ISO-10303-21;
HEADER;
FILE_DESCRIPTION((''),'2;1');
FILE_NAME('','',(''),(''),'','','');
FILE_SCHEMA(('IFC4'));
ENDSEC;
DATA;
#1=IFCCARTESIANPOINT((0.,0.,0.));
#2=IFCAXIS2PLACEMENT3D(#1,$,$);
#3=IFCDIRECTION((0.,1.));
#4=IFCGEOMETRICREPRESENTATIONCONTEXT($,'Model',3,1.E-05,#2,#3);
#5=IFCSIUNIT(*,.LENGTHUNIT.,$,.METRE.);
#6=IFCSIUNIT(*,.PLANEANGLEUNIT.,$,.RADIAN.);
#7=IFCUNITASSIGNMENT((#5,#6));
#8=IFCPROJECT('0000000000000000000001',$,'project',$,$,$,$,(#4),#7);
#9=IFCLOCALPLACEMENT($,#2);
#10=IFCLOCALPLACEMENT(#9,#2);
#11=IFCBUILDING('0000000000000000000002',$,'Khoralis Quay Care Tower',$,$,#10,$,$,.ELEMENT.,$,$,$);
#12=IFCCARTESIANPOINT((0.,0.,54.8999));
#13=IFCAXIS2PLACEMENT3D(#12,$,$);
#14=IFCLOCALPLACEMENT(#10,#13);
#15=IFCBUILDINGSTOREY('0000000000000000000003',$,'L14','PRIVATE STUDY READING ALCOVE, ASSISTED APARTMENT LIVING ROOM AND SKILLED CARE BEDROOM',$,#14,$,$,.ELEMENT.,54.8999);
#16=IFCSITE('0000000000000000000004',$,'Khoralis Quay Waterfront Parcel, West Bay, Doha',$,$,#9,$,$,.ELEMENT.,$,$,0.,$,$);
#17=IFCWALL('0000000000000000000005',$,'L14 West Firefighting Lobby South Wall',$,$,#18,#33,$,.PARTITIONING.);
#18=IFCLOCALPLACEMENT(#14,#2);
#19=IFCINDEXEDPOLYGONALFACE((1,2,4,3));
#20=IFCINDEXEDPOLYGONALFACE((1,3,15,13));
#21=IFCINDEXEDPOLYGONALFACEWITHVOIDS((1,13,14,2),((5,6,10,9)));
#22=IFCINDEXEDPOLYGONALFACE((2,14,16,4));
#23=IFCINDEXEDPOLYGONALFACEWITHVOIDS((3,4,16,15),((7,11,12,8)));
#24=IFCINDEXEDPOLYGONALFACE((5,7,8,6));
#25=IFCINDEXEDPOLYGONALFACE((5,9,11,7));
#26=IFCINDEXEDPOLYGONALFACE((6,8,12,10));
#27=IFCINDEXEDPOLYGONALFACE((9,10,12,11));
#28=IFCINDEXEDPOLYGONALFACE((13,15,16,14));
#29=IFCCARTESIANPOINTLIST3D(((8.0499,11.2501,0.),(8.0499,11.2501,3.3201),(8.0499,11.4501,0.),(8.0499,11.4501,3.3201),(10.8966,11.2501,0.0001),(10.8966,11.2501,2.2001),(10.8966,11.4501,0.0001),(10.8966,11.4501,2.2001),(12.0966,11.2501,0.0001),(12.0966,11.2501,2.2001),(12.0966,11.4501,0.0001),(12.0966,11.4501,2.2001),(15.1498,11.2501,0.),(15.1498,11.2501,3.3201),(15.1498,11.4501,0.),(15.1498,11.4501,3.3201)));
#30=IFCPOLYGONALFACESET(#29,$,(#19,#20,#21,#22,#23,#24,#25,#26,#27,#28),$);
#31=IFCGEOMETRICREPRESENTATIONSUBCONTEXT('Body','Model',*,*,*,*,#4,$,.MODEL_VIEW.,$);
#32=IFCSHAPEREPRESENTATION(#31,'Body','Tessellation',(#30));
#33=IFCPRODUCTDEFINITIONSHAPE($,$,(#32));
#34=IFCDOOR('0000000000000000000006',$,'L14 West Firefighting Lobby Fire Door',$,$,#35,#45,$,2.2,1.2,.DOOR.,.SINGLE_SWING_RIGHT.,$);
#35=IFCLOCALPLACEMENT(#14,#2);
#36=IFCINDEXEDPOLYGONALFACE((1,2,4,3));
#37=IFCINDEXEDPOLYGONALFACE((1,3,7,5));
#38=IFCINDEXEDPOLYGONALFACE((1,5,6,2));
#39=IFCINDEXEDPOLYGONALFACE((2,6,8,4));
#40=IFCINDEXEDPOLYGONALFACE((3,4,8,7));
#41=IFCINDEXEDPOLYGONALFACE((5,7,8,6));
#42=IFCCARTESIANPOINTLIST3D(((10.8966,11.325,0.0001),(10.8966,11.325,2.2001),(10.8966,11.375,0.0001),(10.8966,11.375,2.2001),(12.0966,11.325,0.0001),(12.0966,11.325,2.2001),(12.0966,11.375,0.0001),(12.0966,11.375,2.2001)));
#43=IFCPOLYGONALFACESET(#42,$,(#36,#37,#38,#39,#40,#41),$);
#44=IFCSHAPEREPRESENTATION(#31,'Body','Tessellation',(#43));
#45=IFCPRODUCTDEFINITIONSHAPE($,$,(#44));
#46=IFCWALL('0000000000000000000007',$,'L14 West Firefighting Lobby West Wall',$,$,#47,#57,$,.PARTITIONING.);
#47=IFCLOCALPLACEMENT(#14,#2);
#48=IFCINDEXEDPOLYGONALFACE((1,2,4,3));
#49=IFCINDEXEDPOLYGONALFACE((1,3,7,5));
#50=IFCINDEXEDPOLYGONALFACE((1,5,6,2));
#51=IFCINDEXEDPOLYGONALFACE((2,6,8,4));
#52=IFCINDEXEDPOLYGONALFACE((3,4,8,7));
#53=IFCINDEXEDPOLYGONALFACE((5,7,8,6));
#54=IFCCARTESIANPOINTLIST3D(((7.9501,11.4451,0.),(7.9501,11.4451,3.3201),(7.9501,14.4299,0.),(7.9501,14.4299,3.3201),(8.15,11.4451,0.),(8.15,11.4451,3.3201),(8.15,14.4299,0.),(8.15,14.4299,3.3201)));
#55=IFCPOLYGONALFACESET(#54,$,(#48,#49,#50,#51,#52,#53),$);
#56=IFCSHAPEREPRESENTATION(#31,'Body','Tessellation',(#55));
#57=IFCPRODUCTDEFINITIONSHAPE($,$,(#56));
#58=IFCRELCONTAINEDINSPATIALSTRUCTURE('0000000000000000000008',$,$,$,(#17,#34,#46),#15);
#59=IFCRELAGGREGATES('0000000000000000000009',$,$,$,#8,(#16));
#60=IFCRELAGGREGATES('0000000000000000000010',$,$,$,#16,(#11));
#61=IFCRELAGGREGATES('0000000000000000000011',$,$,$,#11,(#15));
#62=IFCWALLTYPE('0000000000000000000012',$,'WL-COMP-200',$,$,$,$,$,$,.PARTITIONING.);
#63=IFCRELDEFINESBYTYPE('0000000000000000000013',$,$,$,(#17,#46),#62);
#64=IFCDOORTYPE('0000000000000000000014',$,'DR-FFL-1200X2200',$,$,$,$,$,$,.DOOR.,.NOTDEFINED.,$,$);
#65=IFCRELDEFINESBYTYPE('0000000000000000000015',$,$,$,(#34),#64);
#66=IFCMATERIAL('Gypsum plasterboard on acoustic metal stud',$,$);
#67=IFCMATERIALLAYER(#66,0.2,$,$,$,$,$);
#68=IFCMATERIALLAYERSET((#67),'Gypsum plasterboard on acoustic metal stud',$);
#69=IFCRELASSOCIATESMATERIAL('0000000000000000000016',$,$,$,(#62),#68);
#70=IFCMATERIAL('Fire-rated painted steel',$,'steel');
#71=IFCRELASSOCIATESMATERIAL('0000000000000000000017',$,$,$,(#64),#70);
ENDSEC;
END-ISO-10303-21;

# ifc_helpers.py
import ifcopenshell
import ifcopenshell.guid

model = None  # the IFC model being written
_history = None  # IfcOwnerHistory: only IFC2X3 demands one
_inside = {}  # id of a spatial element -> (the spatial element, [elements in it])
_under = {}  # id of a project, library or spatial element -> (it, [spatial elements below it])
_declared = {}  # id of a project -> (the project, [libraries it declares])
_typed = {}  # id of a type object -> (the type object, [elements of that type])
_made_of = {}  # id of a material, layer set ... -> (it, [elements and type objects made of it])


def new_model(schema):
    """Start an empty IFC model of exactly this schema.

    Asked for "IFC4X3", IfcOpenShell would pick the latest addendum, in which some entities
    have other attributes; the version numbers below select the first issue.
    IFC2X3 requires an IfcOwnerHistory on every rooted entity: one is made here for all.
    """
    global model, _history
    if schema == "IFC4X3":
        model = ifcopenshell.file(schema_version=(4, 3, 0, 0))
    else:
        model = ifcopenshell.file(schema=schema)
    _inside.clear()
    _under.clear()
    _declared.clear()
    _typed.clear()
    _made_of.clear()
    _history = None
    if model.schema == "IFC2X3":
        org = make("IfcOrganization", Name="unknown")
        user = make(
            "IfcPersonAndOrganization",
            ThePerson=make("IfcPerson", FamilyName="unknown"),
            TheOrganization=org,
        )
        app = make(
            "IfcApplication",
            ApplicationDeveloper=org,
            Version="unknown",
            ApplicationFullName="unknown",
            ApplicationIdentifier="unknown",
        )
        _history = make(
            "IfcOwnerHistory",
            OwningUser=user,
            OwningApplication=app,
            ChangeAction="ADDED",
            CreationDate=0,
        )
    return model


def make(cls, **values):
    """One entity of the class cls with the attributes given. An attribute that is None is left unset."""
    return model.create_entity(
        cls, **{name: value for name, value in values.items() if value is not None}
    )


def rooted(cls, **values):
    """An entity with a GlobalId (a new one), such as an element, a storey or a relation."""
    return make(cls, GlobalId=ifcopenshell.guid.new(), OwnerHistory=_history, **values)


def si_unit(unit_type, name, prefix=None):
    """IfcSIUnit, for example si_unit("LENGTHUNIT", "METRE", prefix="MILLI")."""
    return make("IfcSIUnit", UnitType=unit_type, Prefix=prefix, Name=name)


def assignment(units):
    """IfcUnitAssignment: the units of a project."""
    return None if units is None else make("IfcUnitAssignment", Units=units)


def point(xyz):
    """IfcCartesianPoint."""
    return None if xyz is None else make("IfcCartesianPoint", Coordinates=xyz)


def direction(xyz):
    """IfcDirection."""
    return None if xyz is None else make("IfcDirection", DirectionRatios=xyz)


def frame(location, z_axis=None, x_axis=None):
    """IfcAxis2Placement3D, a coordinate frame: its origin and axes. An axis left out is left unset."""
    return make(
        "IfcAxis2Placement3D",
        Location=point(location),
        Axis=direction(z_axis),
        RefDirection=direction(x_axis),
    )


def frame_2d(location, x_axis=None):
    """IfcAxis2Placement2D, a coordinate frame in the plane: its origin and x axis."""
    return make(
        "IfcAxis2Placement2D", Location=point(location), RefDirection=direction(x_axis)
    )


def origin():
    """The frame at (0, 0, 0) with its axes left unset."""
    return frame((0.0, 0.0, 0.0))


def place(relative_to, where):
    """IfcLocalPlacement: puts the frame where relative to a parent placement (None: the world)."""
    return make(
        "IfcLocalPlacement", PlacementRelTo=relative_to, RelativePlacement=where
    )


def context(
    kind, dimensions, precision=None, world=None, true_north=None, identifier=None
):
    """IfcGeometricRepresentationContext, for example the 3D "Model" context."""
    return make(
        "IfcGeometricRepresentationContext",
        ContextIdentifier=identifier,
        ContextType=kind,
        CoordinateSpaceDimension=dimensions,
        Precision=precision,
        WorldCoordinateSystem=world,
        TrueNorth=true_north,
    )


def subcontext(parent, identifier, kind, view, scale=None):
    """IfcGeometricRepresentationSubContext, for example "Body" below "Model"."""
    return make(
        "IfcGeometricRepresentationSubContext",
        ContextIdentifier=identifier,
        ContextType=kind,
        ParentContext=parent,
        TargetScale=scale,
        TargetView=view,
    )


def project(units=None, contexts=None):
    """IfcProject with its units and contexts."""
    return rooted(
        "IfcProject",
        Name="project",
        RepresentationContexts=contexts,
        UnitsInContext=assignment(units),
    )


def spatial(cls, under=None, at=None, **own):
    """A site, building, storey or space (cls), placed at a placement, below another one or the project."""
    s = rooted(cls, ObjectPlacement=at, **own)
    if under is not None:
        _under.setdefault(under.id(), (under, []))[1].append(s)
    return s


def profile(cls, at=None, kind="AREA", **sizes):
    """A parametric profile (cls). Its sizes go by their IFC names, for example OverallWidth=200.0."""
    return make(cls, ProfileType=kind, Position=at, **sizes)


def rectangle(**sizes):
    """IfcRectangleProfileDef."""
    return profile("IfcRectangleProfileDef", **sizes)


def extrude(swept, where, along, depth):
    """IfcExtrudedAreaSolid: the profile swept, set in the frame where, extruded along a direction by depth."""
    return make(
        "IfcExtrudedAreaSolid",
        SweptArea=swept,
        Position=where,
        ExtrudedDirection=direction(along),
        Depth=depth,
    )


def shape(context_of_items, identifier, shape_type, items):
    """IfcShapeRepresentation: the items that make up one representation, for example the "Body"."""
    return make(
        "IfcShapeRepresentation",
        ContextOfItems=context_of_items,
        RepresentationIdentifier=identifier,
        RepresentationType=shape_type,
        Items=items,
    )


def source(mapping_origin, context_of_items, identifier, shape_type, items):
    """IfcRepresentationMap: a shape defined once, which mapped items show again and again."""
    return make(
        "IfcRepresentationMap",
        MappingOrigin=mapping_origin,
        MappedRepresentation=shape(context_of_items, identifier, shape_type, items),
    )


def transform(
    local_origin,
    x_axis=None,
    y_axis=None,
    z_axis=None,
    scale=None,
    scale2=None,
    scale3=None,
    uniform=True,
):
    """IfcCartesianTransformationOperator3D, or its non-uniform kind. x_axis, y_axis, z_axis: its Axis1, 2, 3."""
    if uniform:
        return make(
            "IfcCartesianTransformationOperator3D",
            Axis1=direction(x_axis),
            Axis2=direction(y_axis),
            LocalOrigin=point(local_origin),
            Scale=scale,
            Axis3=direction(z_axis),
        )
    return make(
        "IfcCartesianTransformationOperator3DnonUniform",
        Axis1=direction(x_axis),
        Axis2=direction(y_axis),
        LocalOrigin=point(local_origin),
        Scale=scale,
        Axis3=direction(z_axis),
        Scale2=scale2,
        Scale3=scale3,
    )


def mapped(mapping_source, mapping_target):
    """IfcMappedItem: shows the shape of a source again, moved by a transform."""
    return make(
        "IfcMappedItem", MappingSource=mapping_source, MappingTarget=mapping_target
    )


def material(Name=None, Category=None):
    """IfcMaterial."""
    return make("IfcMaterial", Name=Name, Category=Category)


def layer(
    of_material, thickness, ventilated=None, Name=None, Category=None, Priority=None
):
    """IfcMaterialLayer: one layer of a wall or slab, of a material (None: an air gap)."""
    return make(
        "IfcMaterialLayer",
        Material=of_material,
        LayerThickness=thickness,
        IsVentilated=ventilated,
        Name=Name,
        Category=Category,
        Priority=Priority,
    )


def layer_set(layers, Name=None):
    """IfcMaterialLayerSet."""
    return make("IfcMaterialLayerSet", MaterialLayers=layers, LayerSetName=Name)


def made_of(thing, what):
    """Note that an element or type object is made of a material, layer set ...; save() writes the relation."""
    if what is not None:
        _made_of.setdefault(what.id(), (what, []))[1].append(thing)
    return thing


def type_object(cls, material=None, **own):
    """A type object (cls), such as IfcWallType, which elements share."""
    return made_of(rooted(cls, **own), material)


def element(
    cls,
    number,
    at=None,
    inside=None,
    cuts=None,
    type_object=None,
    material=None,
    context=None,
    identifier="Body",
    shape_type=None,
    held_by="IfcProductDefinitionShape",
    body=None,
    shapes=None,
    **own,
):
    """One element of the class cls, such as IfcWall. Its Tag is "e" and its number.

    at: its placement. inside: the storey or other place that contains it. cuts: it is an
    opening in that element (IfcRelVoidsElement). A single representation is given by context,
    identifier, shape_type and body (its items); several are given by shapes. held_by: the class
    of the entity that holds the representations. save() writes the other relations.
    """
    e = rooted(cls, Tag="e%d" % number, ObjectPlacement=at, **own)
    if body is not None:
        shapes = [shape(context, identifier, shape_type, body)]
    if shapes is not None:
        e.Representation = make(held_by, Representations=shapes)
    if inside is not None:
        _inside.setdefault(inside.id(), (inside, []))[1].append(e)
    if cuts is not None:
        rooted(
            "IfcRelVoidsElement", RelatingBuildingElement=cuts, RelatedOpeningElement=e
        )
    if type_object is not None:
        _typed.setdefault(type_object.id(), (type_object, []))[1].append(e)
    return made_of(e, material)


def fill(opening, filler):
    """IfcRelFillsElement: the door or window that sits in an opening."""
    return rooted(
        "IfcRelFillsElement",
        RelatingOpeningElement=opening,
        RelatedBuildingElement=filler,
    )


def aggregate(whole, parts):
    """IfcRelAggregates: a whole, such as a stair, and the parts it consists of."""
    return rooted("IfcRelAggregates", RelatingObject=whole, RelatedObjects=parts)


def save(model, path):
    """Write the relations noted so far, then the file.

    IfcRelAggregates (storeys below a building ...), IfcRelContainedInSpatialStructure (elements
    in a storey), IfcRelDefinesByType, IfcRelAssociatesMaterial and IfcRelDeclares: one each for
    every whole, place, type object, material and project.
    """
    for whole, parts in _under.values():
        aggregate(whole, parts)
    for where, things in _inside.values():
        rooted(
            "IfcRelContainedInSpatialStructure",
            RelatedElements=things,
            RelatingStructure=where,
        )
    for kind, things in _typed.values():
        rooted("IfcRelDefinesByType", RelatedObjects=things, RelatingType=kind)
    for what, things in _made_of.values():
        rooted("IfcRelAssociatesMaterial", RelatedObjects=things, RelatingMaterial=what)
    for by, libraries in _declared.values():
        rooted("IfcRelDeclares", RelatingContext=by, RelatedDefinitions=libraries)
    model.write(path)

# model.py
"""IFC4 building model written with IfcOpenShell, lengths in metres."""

from ifc_helpers import new_model, si_unit, direction, frame, frame_2d, origin, place, context, subcontext, project, spatial, rectangle, extrude, source, transform, mapped, material, layer, layer_set, type_object, element, fill, save


model = new_model("IFC4")

# Units and contexts
model_context = context("Model", 3, precision=1e-05, world=origin(), true_north=direction((0.0, 1.0)))
body_context = subcontext(model_context, "Body", "Model", "MODEL_VIEW")
ifc_project = project(units=[si_unit("LENGTHUNIT", "METRE"), si_unit("PLANEANGLEUNIT", "RADIAN")], contexts=[model_context])

# Site, building, storey
site_placement = place(None, origin())
site = spatial("IfcSite", under=ifc_project, at=site_placement, Name="Khoralis Quay Waterfront Parcel, West Bay, Doha", CompositionType="ELEMENT", RefElevation=0.0)
building_placement = place(site_placement, origin())
building = spatial("IfcBuilding", under=site, at=building_placement, Name="Khoralis Quay Care Tower", CompositionType="ELEMENT")
storey_placement = place(building_placement, frame((0.0, 0.0, 54.8999)))
storey = spatial("IfcBuildingStorey", under=building, at=storey_placement, Name="L14", Description="PRIVATE STUDY READING ALCOVE, ASSISTED APARTMENT LIVING ROOM AND SKILLED CARE BEDROOM", CompositionType="ELEMENT", Elevation=54.8999)

# Wall, opening, door
ifc_material_1 = material(Name="Gypsum plasterboard on acoustic metal stud")
ifc_layer_1 = layer(ifc_material_1, 0.2)
ifc_layer_set_1 = layer_set([ifc_layer_1], Name="Gypsum plasterboard on acoustic metal stud")
wall_type_1 = type_object("IfcWallType", Name="WL-COMP-200", PredefinedType="PARTITIONING", material=ifc_layer_set_1)
wall_1_placement = place(storey_placement, frame((8.05, 11.3501, 0.0), z_axis=(0.0, 0.0, 1.0), x_axis=(1.0, 0.0, 0.0)))
wall_1 = element("IfcWall", 1, at=wall_1_placement, inside=storey, type_object=wall_type_1, Name="L14 West Firefighting Lobby South Wall", PredefinedType="PARTITIONING", context=body_context, shape_type="SweptSolid", body=[
    extrude(rectangle(XDim=7.0999, YDim=0.2, at=frame_2d((3.5498, 0.0))), origin(), (0.0, 0.0, 1.0), 3.3201),
])
opening_1_placement = place(wall_1_placement, frame((2.8464, 0.0, 0.0)))
opening_1 = element("IfcOpeningElement", 2, at=opening_1_placement, cuts=wall_1, PredefinedType="OPENING", context=body_context, shape_type="SweptSolid", body=[
    extrude(rectangle(XDim=1.2, YDim=2.2, at=frame_2d((0.6001, 1.1001))), frame((0.0, 0.1099, 0.0), z_axis=(0.0, -1.0, 0.0), x_axis=(1.0, 0.0, 0.0)), (0.0, 0.0, 1.0), 0.22),
])
ifc_material_2 = material(Name="Fire-rated painted steel", Category="steel")
door_type_1 = type_object("IfcDoorType", Name="DR-FFL-1200X2200", OperationType="NOTDEFINED", PredefinedType="DOOR", material=ifc_material_2)
shared_shape_1 = source(origin(), body_context, "Body", "SweptSolid", [
    extrude(rectangle(XDim=1.2, YDim=2.2, at=frame_2d((0.6001, 1.1001))), frame((0.0, 0.0249, 0.0), z_axis=(0.0, -1.0, 0.0), x_axis=(1.0, 0.0, 0.0)), (0.0, 0.0, 1.0), 0.05),
])
door_1_placement = place(opening_1_placement, origin())
door_1 = element("IfcDoor", 3, at=door_1_placement, inside=storey, type_object=door_type_1, Name="L14 West Firefighting Lobby Fire Door", OperationType="SINGLE_SWING_RIGHT", OverallHeight=2.2, OverallWidth=1.2, PredefinedType="DOOR", context=body_context, shape_type="MappedRepresentation", body=[
    mapped(shared_shape_1, transform((0.0, 0.0, 0.0), scale=1.0)),
])
fill(opening_1, door_1)

# Wall
wall_2_placement = place(storey_placement, frame((8.05, 11.4451, 0.0), z_axis=(0.0, 0.0, 1.0), x_axis=(0.0, 1.0, 0.0)))
element("IfcWall", 4, at=wall_2_placement, inside=storey, type_object=wall_type_1, Name="L14 West Firefighting Lobby West Wall", PredefinedType="PARTITIONING", context=body_context, shape_type="SweptSolid", body=[
    extrude(rectangle(XDim=2.9849, YDim=0.2, at=frame_2d((1.4924, 0.0))), origin(), (0.0, 0.0, 1.0), 3.3201),
])

save(model, "model.ifc")
